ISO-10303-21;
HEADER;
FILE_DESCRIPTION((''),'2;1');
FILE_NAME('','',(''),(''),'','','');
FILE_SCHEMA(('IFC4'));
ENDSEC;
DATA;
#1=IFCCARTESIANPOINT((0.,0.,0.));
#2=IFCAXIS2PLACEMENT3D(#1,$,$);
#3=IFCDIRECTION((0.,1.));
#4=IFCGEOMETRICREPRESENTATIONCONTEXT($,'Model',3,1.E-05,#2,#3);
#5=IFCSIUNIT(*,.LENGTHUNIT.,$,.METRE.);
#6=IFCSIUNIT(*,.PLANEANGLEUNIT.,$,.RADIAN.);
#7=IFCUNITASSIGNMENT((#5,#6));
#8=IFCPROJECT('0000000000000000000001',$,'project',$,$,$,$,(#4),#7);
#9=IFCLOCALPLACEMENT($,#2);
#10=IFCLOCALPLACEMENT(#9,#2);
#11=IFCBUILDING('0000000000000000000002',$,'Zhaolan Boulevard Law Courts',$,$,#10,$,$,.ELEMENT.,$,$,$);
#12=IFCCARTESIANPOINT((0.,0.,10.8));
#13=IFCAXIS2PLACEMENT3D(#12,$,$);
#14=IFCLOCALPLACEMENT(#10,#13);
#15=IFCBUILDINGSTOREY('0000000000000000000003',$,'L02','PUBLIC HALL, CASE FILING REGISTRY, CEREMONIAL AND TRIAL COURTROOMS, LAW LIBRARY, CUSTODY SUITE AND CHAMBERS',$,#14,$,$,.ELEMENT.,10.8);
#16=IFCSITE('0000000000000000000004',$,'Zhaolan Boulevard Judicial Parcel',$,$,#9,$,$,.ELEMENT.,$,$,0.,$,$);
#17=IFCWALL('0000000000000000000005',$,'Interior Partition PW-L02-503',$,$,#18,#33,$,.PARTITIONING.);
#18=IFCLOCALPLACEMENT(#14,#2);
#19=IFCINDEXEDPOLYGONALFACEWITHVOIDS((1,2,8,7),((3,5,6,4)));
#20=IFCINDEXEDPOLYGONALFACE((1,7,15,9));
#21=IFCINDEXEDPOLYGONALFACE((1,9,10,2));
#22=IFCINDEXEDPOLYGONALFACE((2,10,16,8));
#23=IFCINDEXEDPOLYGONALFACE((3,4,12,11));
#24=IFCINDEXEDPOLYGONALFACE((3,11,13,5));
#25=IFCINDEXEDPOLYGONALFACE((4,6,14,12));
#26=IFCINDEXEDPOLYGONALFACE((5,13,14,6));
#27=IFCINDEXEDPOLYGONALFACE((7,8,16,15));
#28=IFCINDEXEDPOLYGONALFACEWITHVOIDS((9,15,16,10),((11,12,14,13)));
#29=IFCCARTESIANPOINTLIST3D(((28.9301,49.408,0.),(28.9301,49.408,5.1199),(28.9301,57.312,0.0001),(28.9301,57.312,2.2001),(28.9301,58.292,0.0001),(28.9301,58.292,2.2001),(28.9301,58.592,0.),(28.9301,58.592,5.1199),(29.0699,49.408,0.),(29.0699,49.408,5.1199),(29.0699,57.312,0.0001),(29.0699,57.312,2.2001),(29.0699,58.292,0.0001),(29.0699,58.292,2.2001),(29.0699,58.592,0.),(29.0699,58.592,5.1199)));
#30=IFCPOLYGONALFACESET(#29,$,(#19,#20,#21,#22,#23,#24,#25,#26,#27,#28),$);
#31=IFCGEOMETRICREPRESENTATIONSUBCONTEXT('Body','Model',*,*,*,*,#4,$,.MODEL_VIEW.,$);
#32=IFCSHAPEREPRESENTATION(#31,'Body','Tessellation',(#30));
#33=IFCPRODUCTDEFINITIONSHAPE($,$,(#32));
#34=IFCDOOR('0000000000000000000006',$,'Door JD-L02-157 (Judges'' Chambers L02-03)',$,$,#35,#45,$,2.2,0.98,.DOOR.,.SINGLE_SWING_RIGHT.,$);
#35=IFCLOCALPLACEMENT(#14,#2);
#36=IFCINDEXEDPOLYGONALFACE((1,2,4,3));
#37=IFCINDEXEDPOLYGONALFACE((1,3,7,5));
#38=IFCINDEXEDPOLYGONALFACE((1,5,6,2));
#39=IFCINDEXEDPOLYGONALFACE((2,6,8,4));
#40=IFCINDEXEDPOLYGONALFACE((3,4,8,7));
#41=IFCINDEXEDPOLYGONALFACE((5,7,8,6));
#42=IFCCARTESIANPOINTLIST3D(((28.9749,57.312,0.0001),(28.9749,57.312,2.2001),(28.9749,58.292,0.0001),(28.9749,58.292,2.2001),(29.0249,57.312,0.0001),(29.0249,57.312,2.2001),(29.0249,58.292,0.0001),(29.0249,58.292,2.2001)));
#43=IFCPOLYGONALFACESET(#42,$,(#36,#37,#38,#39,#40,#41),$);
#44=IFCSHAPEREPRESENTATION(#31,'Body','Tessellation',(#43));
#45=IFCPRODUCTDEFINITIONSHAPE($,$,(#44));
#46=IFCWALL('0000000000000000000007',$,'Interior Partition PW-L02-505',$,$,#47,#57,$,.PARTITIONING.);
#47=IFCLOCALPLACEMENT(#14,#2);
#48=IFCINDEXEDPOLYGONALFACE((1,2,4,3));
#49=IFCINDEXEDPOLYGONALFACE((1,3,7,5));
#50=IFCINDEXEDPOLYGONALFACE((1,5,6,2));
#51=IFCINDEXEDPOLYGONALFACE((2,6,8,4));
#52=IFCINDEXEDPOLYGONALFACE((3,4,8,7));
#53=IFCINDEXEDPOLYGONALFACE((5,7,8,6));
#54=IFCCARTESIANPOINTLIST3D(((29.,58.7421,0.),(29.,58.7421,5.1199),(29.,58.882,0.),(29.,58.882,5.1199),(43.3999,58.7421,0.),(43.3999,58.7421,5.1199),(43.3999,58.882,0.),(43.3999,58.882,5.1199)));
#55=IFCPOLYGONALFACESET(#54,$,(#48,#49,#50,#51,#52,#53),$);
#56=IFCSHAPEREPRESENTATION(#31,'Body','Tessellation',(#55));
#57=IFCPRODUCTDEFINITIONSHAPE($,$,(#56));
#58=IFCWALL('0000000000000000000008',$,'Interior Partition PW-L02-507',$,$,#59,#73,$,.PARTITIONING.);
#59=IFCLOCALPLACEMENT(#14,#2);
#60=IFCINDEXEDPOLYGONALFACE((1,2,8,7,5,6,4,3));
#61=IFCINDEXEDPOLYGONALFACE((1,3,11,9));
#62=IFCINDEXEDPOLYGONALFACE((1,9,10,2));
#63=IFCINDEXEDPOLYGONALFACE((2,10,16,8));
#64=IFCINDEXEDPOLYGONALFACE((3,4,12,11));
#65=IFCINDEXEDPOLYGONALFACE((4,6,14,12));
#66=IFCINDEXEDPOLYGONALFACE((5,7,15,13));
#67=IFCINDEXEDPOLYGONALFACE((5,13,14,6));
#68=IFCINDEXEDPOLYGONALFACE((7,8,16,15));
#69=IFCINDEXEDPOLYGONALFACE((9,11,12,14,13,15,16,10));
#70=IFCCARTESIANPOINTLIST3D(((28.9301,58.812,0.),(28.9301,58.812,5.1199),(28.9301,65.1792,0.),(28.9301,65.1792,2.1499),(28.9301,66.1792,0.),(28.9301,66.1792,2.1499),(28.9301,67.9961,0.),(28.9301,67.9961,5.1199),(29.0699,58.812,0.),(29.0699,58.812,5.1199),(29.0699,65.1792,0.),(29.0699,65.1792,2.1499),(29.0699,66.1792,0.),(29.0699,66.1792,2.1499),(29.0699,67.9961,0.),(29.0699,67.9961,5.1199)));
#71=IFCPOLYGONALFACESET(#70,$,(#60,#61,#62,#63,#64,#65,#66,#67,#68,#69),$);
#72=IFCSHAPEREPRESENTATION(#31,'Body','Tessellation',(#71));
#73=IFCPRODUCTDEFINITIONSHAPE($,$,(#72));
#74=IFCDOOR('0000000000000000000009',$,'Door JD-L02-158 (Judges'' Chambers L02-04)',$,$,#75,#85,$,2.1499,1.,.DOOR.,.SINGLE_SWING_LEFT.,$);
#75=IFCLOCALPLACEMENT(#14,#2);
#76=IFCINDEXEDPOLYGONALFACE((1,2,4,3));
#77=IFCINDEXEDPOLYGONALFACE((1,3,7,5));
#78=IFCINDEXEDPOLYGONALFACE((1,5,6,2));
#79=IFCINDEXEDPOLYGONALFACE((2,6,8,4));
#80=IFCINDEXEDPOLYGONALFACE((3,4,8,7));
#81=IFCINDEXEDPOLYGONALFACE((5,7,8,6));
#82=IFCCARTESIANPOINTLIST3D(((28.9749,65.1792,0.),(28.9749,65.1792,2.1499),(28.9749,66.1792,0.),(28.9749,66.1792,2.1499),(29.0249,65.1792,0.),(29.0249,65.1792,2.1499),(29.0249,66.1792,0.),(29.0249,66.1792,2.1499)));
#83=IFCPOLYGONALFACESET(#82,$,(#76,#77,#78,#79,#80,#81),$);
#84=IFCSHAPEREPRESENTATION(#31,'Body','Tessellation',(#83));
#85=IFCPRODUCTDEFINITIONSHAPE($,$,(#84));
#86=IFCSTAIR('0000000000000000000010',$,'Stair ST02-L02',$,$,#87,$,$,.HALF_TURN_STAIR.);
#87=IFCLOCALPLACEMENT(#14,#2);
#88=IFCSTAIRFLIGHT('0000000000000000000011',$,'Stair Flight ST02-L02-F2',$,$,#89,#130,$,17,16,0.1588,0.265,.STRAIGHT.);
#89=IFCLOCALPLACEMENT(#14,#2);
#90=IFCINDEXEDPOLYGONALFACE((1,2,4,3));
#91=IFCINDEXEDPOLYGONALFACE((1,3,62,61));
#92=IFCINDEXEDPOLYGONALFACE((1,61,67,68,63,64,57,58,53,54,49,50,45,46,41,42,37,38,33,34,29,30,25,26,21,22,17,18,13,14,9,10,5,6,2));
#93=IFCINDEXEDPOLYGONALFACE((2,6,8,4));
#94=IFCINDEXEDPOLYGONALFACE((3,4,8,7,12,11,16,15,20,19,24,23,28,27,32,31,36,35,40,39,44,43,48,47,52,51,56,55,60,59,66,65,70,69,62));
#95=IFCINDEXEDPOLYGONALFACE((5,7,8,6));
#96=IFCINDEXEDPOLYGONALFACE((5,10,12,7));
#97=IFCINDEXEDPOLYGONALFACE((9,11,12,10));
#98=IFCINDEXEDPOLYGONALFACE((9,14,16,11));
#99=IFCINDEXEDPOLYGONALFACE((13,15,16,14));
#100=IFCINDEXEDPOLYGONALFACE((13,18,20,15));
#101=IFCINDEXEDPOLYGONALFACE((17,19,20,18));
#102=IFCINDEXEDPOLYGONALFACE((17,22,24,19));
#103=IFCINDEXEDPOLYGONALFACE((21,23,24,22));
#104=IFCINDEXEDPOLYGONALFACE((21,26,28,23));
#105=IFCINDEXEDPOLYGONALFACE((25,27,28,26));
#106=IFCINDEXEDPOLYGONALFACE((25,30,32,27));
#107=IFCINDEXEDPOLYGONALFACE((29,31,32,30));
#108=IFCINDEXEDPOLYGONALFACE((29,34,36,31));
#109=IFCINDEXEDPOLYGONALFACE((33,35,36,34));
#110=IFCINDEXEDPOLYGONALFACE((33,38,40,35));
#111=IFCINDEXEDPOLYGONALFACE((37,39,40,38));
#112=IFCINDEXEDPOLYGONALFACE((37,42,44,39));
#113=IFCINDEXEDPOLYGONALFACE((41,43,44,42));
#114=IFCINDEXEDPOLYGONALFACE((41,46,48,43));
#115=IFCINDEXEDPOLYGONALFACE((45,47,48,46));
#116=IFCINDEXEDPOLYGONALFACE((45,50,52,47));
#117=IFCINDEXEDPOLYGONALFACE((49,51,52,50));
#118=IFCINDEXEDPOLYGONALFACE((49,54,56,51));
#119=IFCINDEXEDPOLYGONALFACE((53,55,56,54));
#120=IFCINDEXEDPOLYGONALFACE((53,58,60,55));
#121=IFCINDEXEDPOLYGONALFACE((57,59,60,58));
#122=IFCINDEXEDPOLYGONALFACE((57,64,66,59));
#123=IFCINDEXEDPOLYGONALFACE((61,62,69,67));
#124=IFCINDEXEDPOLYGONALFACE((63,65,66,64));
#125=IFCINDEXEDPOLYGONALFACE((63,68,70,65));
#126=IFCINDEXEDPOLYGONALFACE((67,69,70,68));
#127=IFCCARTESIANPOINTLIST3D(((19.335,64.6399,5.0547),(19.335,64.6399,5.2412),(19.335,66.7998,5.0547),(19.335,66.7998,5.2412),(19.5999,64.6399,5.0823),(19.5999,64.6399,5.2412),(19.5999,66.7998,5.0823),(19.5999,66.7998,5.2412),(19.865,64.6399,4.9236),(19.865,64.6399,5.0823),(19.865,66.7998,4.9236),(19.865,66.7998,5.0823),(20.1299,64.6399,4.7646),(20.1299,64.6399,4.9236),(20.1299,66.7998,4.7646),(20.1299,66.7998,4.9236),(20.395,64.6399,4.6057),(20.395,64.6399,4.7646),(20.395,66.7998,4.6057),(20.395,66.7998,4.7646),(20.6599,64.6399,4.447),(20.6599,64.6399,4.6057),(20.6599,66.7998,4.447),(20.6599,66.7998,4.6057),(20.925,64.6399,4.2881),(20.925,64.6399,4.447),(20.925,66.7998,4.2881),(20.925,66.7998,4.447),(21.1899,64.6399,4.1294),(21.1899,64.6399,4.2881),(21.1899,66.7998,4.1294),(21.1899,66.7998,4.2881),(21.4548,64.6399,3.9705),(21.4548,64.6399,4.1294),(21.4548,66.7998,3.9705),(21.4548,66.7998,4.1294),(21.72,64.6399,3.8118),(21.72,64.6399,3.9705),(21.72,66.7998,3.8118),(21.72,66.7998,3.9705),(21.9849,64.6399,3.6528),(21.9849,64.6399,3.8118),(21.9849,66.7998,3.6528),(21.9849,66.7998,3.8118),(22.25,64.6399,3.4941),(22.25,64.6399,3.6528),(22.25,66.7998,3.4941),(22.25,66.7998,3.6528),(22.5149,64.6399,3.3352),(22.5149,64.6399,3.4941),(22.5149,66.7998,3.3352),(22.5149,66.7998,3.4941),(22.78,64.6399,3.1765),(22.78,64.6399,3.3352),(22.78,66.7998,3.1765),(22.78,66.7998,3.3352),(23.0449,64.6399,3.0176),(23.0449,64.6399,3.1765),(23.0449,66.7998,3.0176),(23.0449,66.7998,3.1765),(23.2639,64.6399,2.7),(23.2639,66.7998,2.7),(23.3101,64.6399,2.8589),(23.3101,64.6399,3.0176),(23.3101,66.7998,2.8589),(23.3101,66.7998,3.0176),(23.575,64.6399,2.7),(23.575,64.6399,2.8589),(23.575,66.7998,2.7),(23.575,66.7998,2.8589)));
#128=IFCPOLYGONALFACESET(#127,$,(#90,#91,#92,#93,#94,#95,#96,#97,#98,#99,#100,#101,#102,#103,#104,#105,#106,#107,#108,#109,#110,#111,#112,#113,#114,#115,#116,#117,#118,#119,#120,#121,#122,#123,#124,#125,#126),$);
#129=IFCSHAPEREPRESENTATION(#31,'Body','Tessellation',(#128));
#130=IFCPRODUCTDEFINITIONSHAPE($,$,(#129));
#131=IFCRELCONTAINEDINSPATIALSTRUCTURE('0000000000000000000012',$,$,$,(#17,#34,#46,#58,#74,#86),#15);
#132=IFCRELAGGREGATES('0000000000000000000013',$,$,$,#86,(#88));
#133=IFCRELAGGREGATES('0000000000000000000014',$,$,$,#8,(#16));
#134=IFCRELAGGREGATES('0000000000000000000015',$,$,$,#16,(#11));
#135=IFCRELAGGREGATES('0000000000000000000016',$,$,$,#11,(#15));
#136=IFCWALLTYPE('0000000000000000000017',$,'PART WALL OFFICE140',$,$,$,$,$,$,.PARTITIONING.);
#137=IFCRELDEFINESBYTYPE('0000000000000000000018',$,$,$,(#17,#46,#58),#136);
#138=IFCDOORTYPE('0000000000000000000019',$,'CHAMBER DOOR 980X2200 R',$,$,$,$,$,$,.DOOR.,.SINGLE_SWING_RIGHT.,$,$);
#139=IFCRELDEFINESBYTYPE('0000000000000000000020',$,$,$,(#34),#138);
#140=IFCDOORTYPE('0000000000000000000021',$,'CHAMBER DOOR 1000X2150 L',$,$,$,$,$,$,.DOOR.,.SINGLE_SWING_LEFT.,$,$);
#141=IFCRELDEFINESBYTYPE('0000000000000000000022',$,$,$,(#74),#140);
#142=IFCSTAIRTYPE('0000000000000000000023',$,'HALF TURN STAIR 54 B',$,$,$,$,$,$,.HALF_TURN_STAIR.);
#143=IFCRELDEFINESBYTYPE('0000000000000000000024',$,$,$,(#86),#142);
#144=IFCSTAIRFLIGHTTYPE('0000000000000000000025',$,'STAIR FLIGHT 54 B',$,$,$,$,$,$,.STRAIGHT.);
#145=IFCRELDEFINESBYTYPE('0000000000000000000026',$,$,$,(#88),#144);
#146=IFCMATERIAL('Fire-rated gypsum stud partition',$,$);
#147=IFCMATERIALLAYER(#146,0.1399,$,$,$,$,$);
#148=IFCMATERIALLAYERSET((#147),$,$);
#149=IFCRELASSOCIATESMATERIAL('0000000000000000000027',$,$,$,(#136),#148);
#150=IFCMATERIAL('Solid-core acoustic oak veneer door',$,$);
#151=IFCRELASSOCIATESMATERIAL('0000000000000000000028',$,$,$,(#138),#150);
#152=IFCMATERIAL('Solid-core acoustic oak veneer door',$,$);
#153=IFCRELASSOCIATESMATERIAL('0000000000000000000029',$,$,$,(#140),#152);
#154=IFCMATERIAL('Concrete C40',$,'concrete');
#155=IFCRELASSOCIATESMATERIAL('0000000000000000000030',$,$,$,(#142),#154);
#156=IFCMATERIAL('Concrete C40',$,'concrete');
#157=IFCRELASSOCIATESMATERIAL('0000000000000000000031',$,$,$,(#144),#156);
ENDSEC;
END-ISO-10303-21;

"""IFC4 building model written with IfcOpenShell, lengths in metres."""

from ifc_helpers import new_model, si_unit, direction, frame, frame_2d, origin, place, context, subcontext, project, spatial, polyline, rectangle, outline, extrude, material, layer, layer_set, type_object, element, fill, aggregate, save


model = new_model("IFC4")

# Units and contexts
model_context = context("Model", 3, precision=1e-05, world=origin(), true_north=direction((0.0, 1.0)))
body_context = subcontext(model_context, "Body", "Model", "MODEL_VIEW")
ifc_project = project(units=[si_unit("LENGTHUNIT", "METRE"), si_unit("PLANEANGLEUNIT", "RADIAN")], contexts=[model_context])

# Site, building, storey
site_placement = place(None, origin())
site = spatial("IfcSite", under=ifc_project, at=site_placement, Name="Zhaolan Boulevard Judicial Parcel", CompositionType="ELEMENT", RefElevation=0.0)
building_placement = place(site_placement, origin())
building = spatial("IfcBuilding", under=site, at=building_placement, Name="Zhaolan Boulevard Law Courts", CompositionType="ELEMENT")
storey_placement = place(building_placement, frame((0.0, 0.0, 10.8)))
storey = spatial("IfcBuildingStorey", under=building, at=storey_placement, Name="L02", Description="PUBLIC HALL, CASE FILING REGISTRY, CEREMONIAL AND TRIAL COURTROOMS, LAW LIBRARY, CUSTODY SUITE AND CHAMBERS", CompositionType="ELEMENT", Elevation=10.8)

# Wall, opening, door
ifc_material_1 = material(Name="Fire-rated gypsum stud partition")
ifc_layer_1 = layer(ifc_material_1, 0.1399)
ifc_layer_set_1 = layer_set([ifc_layer_1])
wall_type_1 = type_object("IfcWallType", Name="PART WALL OFFICE140", PredefinedType="PARTITIONING", material=ifc_layer_set_1)
wall_1_placement = place(storey_placement, frame((29.0, 58.592, 0.0), z_axis=(0.0, 0.0, 1.0), x_axis=(0.0, -1.0, 0.0)))
wall_1 = element("IfcWall", 1, at=wall_1_placement, inside=storey, type_object=wall_type_1, Name="Interior Partition PW-L02-503", PredefinedType="PARTITIONING", context=body_context, shape_type="SweptSolid", body=[
    extrude(rectangle(XDim=9.1841, YDim=0.1399, at=frame_2d((4.592, 0.0))), origin(), (0.0, 0.0, 1.0), 5.1199),
])
opening_1_placement = place(wall_1_placement, frame((0.3, 0.0, 0.0)))
opening_1 = element("IfcOpeningElement", 2, at=opening_1_placement, cuts=wall_1, PredefinedType="OPENING", context=body_context, shape_type="SweptSolid", body=[
    extrude(rectangle(XDim=0.98, YDim=2.2, at=frame_2d((0.49, 1.1001))), frame((0.0, 0.0798, 0.0), z_axis=(0.0, -1.0, 0.0), x_axis=(1.0, 0.0, 0.0)), (0.0, 0.0, 1.0), 0.1599),
])
ifc_material_2 = material(Name="Solid-core acoustic oak veneer door")
door_type_1 = type_object("IfcDoorType", Name="CHAMBER DOOR 980X2200 R", OperationType="SINGLE_SWING_RIGHT", PredefinedType="DOOR", material=ifc_material_2)
door_1_placement = place(opening_1_placement, origin())
door_1 = element("IfcDoor", 3, at=door_1_placement, inside=storey, type_object=door_type_1, Name="Door JD-L02-157 (Judges' Chambers L02-03)", OperationType="SINGLE_SWING_RIGHT", OverallHeight=2.2, OverallWidth=0.98, PredefinedType="DOOR", context=body_context, shape_type="SweptSolid", body=[
    extrude(rectangle(XDim=0.98, YDim=2.2, at=frame_2d((0.49, 1.1001))), frame((0.0, 0.0249, 0.0), z_axis=(0.0, -1.0, 0.0), x_axis=(1.0, 0.0, 0.0)), (0.0, 0.0, 1.0), 0.05),
])
fill(opening_1, door_1)

# Wall
wall_2_placement = place(storey_placement, frame((29.0, 58.812, 0.0), z_axis=(0.0, 0.0, 1.0), x_axis=(1.0, 0.0, 0.0)))
element("IfcWall", 4, at=wall_2_placement, inside=storey, type_object=wall_type_1, Name="Interior Partition PW-L02-505", PredefinedType="PARTITIONING", context=body_context, shape_type="SweptSolid", body=[
    extrude(rectangle(XDim=14.3999, YDim=0.1399, at=frame_2d((7.2, 0.0))), origin(), (0.0, 0.0, 1.0), 5.1199),
])

# Wall, opening, door
wall_3_placement = place(storey_placement, frame((29.0, 67.9961, 0.0), z_axis=(0.0, 0.0, 1.0), x_axis=(0.0, -1.0, 0.0)))
wall_3 = element("IfcWall", 5, at=wall_3_placement, inside=storey, type_object=wall_type_1, Name="Interior Partition PW-L02-507", PredefinedType="PARTITIONING", context=body_context, shape_type="SweptSolid", body=[
    extrude(rectangle(XDim=9.1841, YDim=0.1399, at=frame_2d((4.592, 0.0))), origin(), (0.0, 0.0, 1.0), 5.1199),
])
opening_2_placement = place(wall_3_placement, frame((1.8169, 0.0, 0.0)))
opening_2 = element("IfcOpeningElement", 6, at=opening_2_placement, cuts=wall_3, PredefinedType="OPENING", context=body_context, shape_type="SweptSolid", body=[
    extrude(rectangle(XDim=1.0, YDim=2.1499, at=frame_2d((0.5, 1.075))), frame((0.0, 0.0798, 0.0), z_axis=(0.0, -1.0, 0.0), x_axis=(1.0, 0.0, 0.0)), (0.0, 0.0, 1.0), 0.1599),
])
ifc_material_3 = material(Name="Solid-core acoustic oak veneer door")
door_type_2 = type_object("IfcDoorType", Name="CHAMBER DOOR 1000X2150 L", OperationType="SINGLE_SWING_LEFT", PredefinedType="DOOR", material=ifc_material_3)
door_2_placement = place(opening_2_placement, origin())
door_2 = element("IfcDoor", 7, at=door_2_placement, inside=storey, type_object=door_type_2, Name="Door JD-L02-158 (Judges' Chambers L02-04)", OperationType="SINGLE_SWING_LEFT", OverallHeight=2.1499, OverallWidth=1.0, PredefinedType="DOOR", context=body_context, shape_type="SweptSolid", body=[
    extrude(rectangle(XDim=1.0, YDim=2.1499, at=frame_2d((0.5, 1.075))), frame((0.0, 0.0249, 0.0), z_axis=(0.0, -1.0, 0.0), x_axis=(1.0, 0.0, 0.0)), (0.0, 0.0, 1.0), 0.05),
])
fill(opening_2, door_2)

# Stair, stair flight
ifc_material_4 = material(Name="Concrete C40", Category="concrete")
stair_type = type_object("IfcStairType", Name="HALF TURN STAIR 54 B", PredefinedType="HALF_TURN_STAIR", material=ifc_material_4)
stair_placement = place(storey_placement, origin())
stair = element("IfcStair", 8, at=stair_placement, inside=storey, type_object=stair_type, Name="Stair ST02-L02", PredefinedType="HALF_TURN_STAIR")
ifc_material_5 = material(Name="Concrete C40", Category="concrete")
stair_flight_type = type_object("IfcStairFlightType", Name="STAIR FLIGHT 54 B", PredefinedType="STRAIGHT", material=ifc_material_5)
stair_flight_placement = place(storey_placement, frame((23.575, 65.72, 2.7), z_axis=(0.0, 0.0, 1.0), x_axis=(-1.0, 0.0, 0.0)))
stair_flight = element("IfcStairFlight", 9, at=stair_flight_placement, type_object=stair_flight_type, Name="Stair Flight ST02-L02-F2", NumberOfRisers=17, NumberOfTreads=16, PredefinedType="STRAIGHT", RiserHeight=0.1588, TreadLength=0.265, context=body_context, shape_type="SweptSolid", body=[
    extrude(outline(polyline([(0.0, 0.0), (0.0, 0.1589), (0.2649, 0.1589), (0.2649, 0.3176), (0.53, 0.3176), (0.53, 0.4766), (0.7949, 0.4766), (0.7949, 0.6353), (1.0601, 0.6353), (1.0601, 0.7942), (1.325, 0.7942), (1.325, 0.9529), (1.5901, 0.9529), (1.5901, 1.1118), (1.855, 1.1118), (1.855, 1.2705), (2.1201, 1.2705), (2.1201, 1.4294), (2.385, 1.4294), (2.385, 1.5881), (2.6499, 1.5881), (2.6499, 1.7471), (2.915, 1.7471), (2.915, 1.9058), (3.1799, 1.9058), (3.1799, 2.0647), (3.4451, 2.0647), (3.4451, 2.2236), (3.71, 2.2236), (3.71, 2.3823), (3.9751, 2.3823), (3.9751, 2.5413), (4.24, 2.5413), (4.24, 2.7), (4.24, 2.3547), (0.311, 0.0), (0.0, 0.0)])), frame((0.0, 1.0801, 0.0), z_axis=(0.0, -1.0, 0.0), x_axis=(1.0, 0.0, 0.0)), (0.0, 0.0, 1.0), 2.1599),
])
aggregate(stair, [stair_flight])

save(model, "model.ifc")
